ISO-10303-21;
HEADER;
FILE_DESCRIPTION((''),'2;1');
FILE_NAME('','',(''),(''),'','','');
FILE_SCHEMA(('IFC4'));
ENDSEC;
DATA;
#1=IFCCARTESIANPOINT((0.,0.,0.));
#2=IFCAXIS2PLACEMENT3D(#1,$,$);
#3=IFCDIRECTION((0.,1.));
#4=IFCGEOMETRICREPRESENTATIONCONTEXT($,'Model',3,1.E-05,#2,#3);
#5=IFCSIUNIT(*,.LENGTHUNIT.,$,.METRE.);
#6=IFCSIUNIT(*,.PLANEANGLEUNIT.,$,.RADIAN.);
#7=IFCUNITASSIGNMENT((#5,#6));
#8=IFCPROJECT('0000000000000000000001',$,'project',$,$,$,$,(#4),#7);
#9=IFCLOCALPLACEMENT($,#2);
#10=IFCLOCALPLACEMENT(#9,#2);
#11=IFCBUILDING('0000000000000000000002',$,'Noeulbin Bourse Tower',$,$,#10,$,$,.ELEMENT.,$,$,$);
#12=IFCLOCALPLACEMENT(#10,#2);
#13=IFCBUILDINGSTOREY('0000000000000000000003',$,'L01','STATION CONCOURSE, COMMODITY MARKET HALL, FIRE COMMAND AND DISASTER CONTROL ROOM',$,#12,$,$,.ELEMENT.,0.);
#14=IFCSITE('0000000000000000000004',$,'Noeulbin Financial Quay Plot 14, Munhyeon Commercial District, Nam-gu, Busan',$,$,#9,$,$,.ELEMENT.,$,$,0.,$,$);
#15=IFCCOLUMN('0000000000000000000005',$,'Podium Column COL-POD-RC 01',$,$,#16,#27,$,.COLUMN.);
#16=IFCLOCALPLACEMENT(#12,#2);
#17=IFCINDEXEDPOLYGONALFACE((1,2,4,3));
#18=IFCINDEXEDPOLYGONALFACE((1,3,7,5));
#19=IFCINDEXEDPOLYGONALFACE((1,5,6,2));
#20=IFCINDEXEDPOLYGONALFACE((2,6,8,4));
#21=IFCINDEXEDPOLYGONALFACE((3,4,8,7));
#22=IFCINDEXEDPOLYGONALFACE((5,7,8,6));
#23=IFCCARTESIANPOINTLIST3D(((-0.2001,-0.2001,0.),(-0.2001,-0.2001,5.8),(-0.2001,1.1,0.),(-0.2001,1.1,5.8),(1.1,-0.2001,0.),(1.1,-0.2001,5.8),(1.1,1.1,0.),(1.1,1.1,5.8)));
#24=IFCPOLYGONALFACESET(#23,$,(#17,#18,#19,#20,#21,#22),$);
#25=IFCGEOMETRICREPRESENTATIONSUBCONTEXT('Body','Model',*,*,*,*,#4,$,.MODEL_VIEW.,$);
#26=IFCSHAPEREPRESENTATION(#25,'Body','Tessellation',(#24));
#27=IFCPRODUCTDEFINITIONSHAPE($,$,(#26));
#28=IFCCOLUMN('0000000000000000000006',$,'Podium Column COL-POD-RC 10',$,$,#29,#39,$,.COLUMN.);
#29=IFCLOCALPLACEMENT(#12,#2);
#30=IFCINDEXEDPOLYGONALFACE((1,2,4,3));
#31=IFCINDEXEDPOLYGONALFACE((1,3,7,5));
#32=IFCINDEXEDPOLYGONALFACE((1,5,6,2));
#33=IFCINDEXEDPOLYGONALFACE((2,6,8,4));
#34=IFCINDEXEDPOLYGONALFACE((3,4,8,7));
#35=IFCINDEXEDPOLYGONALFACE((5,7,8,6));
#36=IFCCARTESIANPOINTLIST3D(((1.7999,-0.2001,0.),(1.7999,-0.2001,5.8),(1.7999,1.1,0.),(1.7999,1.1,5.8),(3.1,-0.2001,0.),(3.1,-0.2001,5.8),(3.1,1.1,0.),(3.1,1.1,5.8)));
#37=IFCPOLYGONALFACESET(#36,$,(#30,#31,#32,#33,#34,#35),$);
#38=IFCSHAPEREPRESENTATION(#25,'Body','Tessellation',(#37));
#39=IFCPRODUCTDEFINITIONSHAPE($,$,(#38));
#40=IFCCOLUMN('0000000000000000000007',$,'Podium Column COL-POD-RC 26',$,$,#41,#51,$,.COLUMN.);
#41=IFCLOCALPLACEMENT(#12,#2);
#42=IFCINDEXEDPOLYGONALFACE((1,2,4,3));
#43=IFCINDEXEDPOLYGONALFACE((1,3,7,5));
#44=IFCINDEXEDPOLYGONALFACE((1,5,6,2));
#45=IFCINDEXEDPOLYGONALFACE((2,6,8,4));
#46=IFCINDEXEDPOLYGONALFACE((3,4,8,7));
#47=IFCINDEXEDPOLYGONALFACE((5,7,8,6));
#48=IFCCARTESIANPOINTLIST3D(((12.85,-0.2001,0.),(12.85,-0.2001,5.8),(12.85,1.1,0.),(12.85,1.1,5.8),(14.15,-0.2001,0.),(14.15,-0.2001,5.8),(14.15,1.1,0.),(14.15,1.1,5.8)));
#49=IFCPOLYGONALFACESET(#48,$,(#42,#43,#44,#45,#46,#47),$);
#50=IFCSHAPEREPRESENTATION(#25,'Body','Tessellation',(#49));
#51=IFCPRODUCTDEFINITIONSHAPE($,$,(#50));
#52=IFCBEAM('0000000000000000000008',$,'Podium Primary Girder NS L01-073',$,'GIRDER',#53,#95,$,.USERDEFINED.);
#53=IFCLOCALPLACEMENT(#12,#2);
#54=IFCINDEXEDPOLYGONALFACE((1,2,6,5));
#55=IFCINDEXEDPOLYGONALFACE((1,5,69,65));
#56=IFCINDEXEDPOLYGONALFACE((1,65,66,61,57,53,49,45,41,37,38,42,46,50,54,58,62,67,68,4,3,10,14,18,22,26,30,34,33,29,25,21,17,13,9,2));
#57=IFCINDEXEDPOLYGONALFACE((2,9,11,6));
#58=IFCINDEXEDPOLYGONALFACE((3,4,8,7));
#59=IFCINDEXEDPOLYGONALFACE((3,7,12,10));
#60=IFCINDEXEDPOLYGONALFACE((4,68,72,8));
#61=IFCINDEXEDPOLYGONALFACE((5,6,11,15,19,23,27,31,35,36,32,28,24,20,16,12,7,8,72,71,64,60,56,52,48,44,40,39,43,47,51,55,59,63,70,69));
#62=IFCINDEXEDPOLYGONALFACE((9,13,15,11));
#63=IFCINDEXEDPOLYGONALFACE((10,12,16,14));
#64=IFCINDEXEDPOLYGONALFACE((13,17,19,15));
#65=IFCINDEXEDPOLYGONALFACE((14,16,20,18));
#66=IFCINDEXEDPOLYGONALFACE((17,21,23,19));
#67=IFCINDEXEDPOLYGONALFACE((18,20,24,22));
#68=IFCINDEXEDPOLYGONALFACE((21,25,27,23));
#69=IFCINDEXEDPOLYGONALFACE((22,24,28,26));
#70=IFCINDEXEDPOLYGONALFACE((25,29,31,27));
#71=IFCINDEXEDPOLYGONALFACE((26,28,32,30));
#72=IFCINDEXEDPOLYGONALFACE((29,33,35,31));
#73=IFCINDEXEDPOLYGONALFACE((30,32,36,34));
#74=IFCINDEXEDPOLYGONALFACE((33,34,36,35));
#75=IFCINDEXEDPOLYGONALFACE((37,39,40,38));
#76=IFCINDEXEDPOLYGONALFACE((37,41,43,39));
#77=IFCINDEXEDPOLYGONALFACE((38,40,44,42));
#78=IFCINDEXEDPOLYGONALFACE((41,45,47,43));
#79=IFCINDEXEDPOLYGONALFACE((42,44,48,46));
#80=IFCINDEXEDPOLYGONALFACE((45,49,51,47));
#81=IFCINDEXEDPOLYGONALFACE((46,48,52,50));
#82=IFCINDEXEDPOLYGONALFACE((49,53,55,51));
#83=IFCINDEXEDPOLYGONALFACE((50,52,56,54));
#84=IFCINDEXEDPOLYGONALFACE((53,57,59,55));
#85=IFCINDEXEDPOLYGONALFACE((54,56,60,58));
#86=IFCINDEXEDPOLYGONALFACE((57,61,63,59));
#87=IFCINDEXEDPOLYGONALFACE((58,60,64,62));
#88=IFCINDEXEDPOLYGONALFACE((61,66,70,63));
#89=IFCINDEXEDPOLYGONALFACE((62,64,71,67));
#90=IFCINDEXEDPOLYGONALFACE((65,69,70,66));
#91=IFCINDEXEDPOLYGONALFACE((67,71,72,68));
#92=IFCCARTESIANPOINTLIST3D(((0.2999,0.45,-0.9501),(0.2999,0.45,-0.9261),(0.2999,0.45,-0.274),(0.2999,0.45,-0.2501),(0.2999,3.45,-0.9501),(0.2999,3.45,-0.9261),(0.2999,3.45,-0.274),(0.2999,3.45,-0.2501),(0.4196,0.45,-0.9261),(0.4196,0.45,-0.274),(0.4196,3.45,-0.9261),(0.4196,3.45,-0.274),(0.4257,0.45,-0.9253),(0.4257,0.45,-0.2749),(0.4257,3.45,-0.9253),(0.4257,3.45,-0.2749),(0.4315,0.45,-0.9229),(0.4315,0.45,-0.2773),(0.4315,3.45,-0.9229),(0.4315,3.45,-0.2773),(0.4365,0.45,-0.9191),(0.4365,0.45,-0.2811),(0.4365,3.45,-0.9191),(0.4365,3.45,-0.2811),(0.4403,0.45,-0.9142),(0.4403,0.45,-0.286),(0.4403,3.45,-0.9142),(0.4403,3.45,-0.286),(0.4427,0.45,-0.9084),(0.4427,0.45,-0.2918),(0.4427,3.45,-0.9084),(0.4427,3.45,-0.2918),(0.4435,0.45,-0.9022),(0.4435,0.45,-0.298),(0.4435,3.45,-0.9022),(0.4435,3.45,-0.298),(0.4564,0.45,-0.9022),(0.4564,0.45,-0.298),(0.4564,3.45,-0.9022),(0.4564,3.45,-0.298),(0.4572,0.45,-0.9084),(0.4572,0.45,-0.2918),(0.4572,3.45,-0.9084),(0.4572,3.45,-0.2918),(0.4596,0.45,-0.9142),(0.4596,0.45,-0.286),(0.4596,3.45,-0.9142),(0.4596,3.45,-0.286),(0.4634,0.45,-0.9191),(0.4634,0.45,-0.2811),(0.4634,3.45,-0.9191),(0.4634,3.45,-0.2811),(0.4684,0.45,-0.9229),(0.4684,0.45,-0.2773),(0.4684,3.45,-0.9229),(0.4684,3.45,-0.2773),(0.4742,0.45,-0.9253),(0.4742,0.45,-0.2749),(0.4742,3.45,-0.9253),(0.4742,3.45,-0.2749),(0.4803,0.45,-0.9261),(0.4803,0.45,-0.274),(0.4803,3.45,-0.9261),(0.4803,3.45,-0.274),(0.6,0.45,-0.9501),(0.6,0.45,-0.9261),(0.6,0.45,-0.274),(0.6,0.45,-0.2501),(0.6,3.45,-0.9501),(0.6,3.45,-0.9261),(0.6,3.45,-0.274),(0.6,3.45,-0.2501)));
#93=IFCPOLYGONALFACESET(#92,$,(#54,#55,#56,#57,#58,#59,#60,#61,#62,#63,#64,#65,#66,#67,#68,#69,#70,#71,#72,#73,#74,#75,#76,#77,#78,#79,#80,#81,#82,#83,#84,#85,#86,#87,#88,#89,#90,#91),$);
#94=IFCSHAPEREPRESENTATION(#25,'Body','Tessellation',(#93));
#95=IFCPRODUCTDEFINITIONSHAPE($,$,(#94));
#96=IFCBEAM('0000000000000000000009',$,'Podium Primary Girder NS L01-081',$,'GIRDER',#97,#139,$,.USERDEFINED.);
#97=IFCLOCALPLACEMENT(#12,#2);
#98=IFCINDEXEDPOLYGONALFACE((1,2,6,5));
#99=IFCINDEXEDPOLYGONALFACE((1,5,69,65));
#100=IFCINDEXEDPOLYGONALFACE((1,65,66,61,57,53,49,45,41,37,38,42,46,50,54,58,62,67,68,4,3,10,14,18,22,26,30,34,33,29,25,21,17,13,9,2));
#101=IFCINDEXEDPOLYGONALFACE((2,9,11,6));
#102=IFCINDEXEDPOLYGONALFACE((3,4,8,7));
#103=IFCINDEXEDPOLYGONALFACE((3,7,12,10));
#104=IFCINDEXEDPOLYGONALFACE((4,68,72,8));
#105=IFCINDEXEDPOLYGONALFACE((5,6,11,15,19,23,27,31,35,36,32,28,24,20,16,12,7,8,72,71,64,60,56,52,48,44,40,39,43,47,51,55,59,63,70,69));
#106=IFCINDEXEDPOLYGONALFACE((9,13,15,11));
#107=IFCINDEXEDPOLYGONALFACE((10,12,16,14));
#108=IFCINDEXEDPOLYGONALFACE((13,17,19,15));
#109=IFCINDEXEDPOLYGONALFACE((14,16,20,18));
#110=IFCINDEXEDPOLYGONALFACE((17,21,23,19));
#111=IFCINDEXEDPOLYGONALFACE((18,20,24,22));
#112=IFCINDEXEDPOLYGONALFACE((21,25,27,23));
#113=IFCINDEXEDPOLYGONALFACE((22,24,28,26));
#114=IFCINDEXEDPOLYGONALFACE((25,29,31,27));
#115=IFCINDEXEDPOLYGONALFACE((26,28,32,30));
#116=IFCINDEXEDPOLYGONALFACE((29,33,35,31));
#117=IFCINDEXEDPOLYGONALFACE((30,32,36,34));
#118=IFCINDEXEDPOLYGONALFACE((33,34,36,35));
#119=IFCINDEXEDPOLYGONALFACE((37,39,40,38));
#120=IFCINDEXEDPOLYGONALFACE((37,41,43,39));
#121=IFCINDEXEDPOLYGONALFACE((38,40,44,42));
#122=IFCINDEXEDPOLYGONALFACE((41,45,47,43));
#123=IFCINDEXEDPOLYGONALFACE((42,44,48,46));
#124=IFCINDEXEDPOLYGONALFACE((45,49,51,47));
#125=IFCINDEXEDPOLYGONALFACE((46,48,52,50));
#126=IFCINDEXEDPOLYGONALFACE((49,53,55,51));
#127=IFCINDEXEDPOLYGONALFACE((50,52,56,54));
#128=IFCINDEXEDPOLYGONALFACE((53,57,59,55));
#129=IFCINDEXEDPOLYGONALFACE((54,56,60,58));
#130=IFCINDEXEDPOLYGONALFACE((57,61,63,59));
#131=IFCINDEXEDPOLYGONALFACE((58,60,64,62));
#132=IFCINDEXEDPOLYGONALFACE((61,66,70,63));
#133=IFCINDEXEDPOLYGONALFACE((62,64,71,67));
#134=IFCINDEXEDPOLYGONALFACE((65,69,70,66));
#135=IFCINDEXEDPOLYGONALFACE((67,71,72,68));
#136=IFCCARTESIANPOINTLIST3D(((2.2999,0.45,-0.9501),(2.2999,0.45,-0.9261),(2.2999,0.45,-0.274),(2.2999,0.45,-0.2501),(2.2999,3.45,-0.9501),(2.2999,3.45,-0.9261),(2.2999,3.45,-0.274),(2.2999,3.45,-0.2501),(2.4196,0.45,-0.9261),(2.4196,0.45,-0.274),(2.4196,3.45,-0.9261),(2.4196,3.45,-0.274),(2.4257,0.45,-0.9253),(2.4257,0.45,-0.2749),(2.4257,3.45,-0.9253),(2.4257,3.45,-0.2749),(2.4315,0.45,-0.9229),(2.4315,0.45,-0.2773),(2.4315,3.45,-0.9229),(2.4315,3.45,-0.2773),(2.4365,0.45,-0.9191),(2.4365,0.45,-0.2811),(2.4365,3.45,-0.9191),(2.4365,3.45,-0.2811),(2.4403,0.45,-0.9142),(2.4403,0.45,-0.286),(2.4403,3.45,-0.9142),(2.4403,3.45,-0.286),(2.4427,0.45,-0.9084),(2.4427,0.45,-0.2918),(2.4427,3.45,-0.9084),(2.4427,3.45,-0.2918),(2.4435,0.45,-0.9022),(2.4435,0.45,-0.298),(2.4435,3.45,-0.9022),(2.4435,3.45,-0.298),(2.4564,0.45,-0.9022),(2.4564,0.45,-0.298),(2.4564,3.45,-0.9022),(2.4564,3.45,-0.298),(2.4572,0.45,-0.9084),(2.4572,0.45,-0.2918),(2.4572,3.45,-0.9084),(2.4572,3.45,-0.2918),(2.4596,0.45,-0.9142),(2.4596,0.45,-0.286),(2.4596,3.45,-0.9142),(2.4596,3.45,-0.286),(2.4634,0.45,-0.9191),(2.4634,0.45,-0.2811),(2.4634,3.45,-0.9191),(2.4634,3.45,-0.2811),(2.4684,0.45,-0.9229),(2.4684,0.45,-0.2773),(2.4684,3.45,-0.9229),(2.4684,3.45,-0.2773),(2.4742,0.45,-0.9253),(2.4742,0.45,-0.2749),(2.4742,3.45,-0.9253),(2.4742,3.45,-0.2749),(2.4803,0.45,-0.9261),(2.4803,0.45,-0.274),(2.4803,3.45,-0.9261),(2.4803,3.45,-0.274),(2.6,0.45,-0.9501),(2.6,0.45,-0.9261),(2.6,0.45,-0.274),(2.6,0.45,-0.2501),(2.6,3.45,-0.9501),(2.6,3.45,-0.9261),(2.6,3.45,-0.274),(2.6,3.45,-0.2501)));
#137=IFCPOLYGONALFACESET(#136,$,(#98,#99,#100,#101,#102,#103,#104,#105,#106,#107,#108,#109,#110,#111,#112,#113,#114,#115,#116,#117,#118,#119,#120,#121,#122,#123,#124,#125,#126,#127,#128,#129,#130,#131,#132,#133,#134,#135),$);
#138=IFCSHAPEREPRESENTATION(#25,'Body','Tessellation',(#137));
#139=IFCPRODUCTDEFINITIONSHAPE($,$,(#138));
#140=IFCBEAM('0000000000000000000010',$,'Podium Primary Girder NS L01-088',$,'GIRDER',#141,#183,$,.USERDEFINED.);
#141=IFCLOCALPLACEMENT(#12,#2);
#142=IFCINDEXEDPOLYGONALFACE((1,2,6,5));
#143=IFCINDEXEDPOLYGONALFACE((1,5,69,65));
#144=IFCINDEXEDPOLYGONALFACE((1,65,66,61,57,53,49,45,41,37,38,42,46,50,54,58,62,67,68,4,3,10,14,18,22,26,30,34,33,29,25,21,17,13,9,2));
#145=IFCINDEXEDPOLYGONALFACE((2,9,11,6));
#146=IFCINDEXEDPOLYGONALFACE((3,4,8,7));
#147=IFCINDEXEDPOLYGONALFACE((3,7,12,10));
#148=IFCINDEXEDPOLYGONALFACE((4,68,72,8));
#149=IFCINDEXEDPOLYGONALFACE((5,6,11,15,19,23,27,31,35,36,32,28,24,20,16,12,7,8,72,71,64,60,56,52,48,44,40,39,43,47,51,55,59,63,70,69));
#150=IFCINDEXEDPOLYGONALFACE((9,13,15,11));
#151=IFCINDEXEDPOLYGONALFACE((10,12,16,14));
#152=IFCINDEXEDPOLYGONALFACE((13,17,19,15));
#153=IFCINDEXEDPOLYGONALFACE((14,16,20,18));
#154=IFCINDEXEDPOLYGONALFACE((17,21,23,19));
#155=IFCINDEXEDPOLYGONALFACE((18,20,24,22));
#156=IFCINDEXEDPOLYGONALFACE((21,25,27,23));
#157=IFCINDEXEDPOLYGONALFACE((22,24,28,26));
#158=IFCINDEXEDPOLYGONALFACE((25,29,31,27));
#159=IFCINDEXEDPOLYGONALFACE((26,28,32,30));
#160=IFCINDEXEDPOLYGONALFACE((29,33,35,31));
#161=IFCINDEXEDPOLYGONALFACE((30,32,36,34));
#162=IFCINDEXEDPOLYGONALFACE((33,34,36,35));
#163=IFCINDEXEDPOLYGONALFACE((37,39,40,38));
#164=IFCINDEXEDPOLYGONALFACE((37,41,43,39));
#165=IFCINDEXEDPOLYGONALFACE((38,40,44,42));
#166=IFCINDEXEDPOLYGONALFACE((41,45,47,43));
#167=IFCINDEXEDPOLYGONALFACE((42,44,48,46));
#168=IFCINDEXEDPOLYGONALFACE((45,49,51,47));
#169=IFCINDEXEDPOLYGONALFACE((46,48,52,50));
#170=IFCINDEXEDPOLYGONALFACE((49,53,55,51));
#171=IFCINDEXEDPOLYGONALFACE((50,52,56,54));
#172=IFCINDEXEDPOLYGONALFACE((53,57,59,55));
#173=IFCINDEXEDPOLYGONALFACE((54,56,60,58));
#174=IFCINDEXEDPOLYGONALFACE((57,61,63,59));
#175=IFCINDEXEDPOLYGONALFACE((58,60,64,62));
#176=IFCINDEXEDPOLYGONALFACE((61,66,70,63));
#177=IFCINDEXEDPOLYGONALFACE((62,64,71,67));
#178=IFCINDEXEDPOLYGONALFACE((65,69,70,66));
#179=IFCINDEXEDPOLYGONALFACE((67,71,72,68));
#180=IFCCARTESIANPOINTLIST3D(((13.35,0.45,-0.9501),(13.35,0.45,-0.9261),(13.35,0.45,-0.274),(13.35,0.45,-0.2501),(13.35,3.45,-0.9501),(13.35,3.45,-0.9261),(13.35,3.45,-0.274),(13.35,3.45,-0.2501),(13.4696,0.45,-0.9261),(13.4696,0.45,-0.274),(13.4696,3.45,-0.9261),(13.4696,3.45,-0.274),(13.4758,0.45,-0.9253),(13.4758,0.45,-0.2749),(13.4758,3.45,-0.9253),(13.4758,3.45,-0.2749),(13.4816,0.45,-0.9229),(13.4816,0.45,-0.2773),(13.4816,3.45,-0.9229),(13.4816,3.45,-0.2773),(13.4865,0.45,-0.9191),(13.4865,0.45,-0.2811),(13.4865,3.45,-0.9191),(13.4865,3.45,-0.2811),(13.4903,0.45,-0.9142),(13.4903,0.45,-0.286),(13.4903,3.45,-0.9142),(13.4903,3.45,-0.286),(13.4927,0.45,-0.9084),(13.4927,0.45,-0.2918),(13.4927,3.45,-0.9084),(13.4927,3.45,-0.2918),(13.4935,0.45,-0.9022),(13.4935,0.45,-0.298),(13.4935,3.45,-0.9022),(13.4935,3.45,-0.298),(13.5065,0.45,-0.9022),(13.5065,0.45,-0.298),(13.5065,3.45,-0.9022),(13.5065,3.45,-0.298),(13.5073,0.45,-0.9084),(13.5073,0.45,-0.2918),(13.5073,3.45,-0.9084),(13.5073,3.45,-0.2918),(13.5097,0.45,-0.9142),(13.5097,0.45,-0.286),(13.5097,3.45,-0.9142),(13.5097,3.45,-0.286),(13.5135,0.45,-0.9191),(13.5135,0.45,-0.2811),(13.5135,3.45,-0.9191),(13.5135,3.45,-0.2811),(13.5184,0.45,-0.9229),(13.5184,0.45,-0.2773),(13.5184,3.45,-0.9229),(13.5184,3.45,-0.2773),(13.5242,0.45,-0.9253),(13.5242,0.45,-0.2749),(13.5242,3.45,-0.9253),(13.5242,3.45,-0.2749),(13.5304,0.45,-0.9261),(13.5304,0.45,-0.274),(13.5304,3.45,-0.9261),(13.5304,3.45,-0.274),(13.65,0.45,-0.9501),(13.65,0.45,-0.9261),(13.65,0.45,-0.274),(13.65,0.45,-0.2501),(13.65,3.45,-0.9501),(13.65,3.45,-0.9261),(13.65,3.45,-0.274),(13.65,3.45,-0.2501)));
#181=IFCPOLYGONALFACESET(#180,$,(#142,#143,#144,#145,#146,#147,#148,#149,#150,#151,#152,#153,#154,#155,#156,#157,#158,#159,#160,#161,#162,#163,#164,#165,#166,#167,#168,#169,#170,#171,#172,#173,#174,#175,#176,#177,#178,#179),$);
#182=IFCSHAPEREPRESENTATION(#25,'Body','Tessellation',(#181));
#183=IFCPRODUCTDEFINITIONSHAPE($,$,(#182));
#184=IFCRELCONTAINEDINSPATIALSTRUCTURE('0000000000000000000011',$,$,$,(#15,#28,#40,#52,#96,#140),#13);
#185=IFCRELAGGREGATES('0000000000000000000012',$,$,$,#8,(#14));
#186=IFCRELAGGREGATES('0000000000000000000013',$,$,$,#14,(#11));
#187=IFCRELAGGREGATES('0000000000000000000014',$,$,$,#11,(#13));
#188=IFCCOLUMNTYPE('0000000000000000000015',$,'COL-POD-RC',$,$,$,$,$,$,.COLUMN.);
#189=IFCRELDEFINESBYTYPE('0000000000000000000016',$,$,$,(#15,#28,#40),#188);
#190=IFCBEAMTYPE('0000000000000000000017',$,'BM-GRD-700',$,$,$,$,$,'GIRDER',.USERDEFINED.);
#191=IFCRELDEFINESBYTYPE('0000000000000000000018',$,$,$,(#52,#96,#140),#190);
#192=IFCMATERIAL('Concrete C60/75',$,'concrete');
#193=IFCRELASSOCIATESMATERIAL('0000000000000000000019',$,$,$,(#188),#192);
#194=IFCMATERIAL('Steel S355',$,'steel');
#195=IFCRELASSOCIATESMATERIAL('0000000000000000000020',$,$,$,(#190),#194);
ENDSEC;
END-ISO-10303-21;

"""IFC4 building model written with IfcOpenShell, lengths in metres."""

from ifc_helpers import new_model, si_unit, direction, frame, origin, origin_2d, place, context, subcontext, project, spatial, rectangle, i_section, extrude, material, material_profile, profile_set, type_object, element, save


model = new_model("IFC4")

# Units and contexts
model_context = context("Model", 3, precision=1e-05, world=origin(), true_north=direction((0.0, 1.0)))
body_context = subcontext(model_context, "Body", "Model", "MODEL_VIEW")
ifc_project = project(units=[si_unit("LENGTHUNIT", "METRE"), si_unit("PLANEANGLEUNIT", "RADIAN")], contexts=[model_context])

# Site, building, storey
site_placement = place(None, origin())
site = spatial("IfcSite", under=ifc_project, at=site_placement, Name="Noeulbin Financial Quay Plot 14, Munhyeon Commercial District, Nam-gu, Busan", CompositionType="ELEMENT", RefElevation=0.0)
building_placement = place(site_placement, origin())
building = spatial("IfcBuilding", under=site, at=building_placement, Name="Noeulbin Bourse Tower", CompositionType="ELEMENT")
storey_placement = place(building_placement, origin())
storey = spatial("IfcBuildingStorey", under=building, at=storey_placement, Name="L01", Description="STATION CONCOURSE, COMMODITY MARKET HALL, FIRE COMMAND AND DISASTER CONTROL ROOM", CompositionType="ELEMENT", Elevation=0.0)

# Columns
ifc_material_1 = material(Name="Concrete C60/75", Category="concrete")
ifc_material_profile_1 = material_profile(ifc_material_1, rectangle(XDim=1.3, YDim=1.3, at=origin_2d()), Name="RC-COL-1300x1300", Category="LoadBearing")
ifc_profile_set_1 = profile_set([ifc_material_profile_1], Name="Concrete C60/75")
column_type = type_object("IfcColumnType", Name="COL-POD-RC", PredefinedType="COLUMN", material=ifc_profile_set_1)
for number, where, z_axis, x_axis, name in (
    (1, (0.45, 0.45, 0.0), (0.0, 0.0, 1.0), (1.0, 0.0, 0.0), "Podium Column COL-POD-RC 01"),
    (2, (2.45, 0.45, 0.0), (0.0, 0.0, 1.0), (1.0, 0.0, 0.0), "Podium Column COL-POD-RC 10"),
    (3, (13.5, 0.45, 0.0), (0.0, 0.0, 1.0), (1.0, 0.0, 0.0), "Podium Column COL-POD-RC 26"),
):
    element("IfcColumn", number, at=place(storey_placement, frame(where, z_axis=z_axis, x_axis=x_axis)), inside=storey, type_object=column_type, Name=name, PredefinedType="COLUMN", context=body_context, shape_type="SweptSolid", body=[
        extrude(rectangle(XDim=1.3, YDim=1.3, at=origin_2d()), origin(), (0.0, 0.0, 1.0), 5.8),
    ])

# Beams
ifc_material_2 = material(Name="Steel S355", Category="steel")
ifc_material_profile_2 = material_profile(ifc_material_2, i_section(OverallWidth=0.3, OverallDepth=0.7, WebThickness=0.0129, FlangeThickness=0.0239, FilletRadius=0.0239, at=origin_2d()), Name="H-700x300x13x24", Category="LoadBearing")
ifc_profile_set_2 = profile_set([ifc_material_profile_2], Name="Steel S355")
beam_type_1 = type_object("IfcBeamType", Name="BM-GRD-700", ElementType="GIRDER", PredefinedType="USERDEFINED", material=ifc_profile_set_2)
for number, where, z_axis, x_axis, name in (
    (4, (0.45, 0.45, -0.6001), (0.0, 1.0, 0.0), (-1.0, 0.0, 0.0), "Podium Primary Girder NS L01-073"),
    (5, (2.45, 0.45, -0.6001), (0.0, 1.0, 0.0), (-1.0, 0.0, 0.0), "Podium Primary Girder NS L01-081"),
    (6, (13.5, 0.45, -0.6001), (0.0, 1.0, 0.0), (-1.0, 0.0, 0.0), "Podium Primary Girder NS L01-088"),
):
    element("IfcBeam", number, at=place(storey_placement, frame(where, z_axis=z_axis, x_axis=x_axis)), inside=storey, type_object=beam_type_1, Name=name, ObjectType="GIRDER", PredefinedType="USERDEFINED", context=body_context, shape_type="SweptSolid", body=[
        extrude(i_section(OverallWidth=0.3, OverallDepth=0.7, WebThickness=0.0129, FlangeThickness=0.0239, FilletRadius=0.0239, at=origin_2d()), origin(), (0.0, 0.0, 1.0), 3.0),
    ])

save(model, "model.ifc")
